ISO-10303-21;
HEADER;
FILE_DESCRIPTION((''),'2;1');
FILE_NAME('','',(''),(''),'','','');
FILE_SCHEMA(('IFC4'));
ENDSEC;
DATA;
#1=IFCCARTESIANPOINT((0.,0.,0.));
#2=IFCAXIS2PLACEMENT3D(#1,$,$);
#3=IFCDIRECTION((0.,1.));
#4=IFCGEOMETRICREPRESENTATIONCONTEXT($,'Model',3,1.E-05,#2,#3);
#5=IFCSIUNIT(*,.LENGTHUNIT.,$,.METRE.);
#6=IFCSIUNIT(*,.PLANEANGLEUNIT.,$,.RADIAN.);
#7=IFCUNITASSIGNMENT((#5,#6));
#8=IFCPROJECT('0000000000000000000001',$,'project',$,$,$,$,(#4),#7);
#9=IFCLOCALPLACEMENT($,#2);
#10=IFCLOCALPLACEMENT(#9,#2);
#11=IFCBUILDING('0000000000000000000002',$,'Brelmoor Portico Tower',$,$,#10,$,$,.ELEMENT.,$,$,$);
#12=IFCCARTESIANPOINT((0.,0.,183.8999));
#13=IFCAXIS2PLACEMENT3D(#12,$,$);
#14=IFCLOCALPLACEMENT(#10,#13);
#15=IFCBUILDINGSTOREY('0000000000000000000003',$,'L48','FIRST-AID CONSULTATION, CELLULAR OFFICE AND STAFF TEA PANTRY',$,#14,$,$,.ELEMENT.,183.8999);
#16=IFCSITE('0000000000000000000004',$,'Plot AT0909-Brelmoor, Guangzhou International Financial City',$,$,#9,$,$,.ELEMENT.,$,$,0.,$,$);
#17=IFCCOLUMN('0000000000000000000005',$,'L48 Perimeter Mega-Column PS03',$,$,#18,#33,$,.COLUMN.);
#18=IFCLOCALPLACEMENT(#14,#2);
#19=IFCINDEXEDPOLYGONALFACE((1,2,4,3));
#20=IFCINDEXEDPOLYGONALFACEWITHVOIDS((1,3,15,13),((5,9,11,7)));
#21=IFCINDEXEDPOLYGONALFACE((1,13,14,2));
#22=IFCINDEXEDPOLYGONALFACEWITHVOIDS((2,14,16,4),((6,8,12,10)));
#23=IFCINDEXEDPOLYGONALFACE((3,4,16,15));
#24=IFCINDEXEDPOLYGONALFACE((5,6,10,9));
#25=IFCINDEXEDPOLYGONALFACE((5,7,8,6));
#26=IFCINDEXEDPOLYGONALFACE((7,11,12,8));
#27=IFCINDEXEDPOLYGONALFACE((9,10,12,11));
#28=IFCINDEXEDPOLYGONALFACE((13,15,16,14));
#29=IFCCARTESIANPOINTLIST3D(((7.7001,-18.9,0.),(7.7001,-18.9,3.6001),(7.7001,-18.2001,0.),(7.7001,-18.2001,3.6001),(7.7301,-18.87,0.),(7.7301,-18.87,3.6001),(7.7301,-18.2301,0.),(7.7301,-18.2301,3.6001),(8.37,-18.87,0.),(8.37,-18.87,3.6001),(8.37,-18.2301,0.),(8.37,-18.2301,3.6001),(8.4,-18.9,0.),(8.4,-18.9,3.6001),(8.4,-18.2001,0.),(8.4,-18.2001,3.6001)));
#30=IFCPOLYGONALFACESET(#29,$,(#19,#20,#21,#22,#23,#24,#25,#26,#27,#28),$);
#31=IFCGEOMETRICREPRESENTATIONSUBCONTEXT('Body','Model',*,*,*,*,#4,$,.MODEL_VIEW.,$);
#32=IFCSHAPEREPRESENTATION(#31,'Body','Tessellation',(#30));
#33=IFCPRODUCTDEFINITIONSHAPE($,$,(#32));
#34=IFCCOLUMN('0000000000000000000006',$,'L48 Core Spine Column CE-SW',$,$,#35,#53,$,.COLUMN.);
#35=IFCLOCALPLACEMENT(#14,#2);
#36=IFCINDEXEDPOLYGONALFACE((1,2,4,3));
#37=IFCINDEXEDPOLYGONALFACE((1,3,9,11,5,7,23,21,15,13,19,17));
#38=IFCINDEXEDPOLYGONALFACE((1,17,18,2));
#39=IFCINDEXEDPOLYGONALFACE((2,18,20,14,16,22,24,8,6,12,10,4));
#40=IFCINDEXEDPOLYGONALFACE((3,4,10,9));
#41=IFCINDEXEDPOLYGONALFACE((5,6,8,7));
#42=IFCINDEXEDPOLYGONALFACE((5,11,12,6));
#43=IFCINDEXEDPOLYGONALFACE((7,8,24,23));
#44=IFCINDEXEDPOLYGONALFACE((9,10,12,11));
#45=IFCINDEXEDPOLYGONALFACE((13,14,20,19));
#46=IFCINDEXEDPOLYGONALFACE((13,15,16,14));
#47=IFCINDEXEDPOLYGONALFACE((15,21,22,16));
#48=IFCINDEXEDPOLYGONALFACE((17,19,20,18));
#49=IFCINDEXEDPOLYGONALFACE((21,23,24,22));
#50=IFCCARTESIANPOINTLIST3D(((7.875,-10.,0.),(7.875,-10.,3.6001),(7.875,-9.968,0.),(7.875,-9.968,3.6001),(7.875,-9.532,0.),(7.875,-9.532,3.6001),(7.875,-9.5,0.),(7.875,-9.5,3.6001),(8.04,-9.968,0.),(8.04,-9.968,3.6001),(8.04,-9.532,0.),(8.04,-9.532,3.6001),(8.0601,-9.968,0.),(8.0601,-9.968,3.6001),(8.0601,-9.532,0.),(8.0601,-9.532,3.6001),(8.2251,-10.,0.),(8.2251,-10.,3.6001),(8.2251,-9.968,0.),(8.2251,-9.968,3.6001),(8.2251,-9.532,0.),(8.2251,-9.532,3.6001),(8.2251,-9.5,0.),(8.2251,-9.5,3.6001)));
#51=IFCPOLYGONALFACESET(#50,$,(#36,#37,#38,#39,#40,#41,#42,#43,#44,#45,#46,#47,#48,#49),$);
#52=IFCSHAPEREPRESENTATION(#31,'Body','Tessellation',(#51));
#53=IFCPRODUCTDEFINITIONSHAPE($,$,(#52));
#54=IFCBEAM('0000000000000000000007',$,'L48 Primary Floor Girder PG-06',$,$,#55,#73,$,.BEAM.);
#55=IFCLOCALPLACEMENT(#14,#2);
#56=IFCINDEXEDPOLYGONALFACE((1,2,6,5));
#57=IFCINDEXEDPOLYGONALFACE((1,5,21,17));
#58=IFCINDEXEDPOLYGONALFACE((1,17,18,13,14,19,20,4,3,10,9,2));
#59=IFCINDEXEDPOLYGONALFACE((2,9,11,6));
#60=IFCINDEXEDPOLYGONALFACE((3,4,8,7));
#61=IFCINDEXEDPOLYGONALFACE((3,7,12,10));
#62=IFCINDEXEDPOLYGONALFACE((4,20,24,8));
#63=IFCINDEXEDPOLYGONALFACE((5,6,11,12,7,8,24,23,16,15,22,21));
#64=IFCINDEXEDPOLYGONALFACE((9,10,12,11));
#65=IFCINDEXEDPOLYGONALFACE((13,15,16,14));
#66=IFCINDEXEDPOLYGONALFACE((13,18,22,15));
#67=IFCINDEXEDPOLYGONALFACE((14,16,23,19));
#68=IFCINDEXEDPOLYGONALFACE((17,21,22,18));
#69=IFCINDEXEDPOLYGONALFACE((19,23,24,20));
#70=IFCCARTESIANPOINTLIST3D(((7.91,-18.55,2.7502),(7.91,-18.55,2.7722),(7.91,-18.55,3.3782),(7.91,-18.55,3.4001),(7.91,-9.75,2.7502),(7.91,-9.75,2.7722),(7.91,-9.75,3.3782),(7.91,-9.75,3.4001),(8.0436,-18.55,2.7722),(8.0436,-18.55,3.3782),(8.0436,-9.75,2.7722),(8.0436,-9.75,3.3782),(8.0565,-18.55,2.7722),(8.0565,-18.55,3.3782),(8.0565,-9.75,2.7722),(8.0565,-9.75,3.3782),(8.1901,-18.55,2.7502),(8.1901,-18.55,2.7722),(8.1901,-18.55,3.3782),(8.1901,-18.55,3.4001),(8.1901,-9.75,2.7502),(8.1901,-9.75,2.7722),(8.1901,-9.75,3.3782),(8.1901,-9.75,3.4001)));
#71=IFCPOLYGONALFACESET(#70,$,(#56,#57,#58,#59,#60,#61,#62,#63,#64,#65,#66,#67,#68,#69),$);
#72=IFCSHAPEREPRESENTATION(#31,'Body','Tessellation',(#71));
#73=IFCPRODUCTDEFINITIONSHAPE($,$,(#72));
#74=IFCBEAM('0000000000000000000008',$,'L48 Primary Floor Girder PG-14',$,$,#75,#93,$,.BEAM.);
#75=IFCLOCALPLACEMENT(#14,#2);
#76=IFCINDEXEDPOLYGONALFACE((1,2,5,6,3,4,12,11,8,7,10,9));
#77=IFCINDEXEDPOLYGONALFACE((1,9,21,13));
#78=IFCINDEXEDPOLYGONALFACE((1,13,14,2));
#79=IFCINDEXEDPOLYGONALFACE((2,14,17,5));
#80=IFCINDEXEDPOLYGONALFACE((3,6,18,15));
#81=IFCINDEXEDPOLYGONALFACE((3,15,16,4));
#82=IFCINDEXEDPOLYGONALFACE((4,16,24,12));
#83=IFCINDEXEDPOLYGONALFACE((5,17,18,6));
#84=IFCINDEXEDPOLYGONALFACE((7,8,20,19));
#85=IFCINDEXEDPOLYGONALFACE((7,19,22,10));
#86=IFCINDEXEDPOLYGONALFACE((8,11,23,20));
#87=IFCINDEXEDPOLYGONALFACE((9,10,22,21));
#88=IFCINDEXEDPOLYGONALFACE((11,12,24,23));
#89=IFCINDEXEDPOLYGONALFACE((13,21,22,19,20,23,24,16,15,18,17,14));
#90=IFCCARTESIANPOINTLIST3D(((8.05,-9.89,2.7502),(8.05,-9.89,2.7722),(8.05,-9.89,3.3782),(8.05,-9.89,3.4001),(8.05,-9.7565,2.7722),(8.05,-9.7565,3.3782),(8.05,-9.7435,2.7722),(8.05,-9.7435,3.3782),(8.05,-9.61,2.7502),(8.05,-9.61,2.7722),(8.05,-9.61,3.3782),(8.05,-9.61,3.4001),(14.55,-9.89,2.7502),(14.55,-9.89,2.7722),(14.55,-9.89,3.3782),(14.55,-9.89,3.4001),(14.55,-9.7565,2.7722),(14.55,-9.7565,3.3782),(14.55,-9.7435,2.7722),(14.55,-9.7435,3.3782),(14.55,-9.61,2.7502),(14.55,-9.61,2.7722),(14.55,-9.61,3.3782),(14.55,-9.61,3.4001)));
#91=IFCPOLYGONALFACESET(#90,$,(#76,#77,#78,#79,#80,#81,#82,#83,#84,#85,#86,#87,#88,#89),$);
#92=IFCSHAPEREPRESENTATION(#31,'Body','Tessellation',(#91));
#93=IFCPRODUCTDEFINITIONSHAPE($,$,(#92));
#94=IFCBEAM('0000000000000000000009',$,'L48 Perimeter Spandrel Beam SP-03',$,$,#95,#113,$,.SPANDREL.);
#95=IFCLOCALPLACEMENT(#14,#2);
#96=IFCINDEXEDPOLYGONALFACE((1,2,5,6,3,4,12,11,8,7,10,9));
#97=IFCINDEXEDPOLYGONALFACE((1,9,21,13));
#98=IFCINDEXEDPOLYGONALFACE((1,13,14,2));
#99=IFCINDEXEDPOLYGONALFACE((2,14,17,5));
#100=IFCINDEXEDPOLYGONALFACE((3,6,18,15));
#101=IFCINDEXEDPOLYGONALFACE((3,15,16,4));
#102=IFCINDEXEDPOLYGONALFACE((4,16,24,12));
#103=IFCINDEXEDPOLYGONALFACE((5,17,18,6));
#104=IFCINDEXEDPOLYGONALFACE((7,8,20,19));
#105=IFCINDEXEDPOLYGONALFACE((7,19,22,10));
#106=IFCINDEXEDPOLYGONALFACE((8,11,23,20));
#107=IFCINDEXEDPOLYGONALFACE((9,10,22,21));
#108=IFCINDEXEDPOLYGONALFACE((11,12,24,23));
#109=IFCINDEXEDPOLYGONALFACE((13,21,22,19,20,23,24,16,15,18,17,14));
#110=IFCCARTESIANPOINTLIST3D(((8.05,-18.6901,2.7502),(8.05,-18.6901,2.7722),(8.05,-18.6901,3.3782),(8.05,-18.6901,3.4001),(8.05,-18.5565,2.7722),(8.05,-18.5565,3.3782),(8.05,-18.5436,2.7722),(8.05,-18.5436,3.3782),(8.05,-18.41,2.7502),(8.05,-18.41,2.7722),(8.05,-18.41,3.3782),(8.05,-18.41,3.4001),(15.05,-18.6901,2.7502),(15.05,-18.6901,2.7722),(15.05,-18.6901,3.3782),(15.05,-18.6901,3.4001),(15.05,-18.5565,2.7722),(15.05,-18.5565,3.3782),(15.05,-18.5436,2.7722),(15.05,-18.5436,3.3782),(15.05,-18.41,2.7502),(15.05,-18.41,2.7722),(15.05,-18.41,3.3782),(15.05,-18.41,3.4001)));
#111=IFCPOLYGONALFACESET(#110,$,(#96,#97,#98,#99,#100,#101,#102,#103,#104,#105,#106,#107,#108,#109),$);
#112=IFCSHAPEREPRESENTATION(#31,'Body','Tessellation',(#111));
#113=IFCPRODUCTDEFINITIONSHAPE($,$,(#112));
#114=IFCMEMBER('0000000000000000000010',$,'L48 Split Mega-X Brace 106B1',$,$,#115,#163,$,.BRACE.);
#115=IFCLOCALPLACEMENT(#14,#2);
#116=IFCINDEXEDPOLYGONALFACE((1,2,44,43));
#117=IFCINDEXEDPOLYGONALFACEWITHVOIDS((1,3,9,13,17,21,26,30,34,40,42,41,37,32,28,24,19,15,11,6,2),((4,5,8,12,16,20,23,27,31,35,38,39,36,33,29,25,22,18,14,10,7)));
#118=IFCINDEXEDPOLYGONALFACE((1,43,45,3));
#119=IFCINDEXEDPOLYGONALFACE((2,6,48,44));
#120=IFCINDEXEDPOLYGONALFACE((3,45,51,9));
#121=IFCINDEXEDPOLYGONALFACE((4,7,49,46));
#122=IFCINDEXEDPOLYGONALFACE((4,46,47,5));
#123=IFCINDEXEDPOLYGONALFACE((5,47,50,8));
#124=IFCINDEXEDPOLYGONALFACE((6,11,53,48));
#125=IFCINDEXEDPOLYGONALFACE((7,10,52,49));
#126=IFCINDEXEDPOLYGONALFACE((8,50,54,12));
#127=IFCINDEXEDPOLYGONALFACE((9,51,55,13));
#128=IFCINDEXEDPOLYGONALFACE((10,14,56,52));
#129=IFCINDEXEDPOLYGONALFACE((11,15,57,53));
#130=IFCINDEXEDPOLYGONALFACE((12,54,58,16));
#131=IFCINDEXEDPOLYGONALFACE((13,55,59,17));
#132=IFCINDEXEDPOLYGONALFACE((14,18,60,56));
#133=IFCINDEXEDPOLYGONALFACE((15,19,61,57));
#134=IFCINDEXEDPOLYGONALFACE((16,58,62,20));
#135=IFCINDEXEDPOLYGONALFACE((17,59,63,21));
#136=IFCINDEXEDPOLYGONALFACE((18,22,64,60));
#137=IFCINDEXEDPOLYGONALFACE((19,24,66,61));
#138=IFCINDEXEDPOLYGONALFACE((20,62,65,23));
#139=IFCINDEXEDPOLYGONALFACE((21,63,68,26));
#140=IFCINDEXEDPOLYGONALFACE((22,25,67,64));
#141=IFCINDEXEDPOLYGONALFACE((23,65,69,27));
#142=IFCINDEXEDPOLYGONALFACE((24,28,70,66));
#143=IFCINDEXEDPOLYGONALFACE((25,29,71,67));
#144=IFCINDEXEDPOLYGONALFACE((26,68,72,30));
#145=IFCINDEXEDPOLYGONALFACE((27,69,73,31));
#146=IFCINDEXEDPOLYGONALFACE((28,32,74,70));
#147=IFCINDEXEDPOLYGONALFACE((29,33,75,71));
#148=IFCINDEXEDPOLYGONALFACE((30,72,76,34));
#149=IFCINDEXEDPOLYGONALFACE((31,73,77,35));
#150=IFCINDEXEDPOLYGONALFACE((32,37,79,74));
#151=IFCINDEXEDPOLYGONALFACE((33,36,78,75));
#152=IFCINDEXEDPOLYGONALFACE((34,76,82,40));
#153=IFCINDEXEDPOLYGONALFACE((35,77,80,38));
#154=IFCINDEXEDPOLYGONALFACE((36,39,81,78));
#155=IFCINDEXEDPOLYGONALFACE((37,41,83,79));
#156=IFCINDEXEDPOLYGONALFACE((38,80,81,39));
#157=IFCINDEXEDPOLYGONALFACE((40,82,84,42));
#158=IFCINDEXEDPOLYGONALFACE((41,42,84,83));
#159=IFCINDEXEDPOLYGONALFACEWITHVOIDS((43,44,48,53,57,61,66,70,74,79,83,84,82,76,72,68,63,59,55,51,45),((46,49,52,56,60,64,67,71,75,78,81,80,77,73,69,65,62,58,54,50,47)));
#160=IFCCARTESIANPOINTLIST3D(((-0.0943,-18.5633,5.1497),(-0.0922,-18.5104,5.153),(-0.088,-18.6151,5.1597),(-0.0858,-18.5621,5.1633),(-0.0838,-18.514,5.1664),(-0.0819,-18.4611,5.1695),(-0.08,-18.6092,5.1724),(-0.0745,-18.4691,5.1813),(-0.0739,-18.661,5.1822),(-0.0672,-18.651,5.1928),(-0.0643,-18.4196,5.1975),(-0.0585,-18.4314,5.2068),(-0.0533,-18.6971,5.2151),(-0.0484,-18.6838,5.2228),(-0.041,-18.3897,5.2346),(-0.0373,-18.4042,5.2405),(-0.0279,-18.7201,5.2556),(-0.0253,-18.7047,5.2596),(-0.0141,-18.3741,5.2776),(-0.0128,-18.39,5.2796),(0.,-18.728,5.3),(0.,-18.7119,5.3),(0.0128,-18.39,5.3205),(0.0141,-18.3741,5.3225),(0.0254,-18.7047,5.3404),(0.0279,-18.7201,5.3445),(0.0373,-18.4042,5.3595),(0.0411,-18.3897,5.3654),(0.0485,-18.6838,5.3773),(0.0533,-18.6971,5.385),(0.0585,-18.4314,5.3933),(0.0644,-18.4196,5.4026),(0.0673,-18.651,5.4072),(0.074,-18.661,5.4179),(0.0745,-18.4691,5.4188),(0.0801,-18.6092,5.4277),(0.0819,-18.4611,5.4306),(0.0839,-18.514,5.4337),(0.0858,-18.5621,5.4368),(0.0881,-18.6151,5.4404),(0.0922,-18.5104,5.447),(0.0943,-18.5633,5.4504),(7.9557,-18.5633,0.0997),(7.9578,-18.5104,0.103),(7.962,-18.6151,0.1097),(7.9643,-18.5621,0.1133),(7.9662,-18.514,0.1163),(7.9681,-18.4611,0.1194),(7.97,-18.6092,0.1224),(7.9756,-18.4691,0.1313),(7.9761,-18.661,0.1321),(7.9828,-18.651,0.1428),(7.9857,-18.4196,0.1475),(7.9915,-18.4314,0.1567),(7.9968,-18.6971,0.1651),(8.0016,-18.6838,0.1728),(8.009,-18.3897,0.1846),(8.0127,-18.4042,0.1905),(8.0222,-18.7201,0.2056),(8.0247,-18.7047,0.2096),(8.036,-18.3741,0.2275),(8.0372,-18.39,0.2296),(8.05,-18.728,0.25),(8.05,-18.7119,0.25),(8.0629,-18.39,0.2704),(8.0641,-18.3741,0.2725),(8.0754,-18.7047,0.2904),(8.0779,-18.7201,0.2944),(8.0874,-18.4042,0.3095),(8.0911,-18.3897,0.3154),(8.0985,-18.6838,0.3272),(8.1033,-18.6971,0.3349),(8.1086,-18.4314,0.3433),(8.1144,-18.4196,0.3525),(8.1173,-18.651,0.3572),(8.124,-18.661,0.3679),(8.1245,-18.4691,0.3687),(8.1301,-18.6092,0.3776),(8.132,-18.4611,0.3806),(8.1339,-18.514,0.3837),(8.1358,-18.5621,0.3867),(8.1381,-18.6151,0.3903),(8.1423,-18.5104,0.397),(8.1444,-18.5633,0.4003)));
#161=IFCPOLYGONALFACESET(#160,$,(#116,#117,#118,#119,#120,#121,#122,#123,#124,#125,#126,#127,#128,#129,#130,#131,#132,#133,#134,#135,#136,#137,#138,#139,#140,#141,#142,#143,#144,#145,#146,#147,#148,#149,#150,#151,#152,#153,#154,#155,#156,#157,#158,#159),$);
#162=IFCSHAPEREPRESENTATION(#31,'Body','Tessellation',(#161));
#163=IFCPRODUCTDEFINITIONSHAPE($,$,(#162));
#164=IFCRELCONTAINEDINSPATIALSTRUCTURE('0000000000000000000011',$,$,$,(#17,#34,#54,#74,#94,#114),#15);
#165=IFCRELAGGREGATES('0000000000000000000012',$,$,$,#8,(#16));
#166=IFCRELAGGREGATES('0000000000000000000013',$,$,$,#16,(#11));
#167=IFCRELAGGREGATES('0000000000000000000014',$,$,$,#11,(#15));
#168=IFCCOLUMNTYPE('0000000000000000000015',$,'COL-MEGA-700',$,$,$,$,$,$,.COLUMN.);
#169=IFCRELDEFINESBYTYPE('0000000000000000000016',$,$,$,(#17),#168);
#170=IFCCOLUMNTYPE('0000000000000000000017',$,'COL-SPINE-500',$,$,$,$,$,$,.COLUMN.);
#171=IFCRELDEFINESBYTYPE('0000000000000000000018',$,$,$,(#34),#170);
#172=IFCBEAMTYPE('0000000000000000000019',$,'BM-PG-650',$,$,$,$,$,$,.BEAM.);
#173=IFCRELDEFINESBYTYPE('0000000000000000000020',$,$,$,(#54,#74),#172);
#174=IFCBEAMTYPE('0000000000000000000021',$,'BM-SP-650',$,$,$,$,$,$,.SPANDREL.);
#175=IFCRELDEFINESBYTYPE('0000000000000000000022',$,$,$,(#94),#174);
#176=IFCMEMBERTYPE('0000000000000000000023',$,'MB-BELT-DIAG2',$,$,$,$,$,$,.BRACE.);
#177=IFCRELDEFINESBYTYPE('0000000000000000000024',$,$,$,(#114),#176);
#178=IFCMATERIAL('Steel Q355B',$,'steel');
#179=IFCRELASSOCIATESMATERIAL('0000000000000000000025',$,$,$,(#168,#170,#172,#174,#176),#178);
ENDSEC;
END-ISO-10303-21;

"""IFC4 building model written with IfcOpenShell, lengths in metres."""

from ifc_helpers import new_model, si_unit, direction, frame, origin, origin_2d, place, context, subcontext, project, spatial, hollow_rectangle, hollow_circle, i_section, extrude, material, material_profile, profile_set, type_object, element, save


model = new_model("IFC4")

# Units and contexts
model_context = context("Model", 3, precision=1e-05, world=origin(), true_north=direction((0.0, 1.0)))
body_context = subcontext(model_context, "Body", "Model", "MODEL_VIEW")
ifc_project = project(units=[si_unit("LENGTHUNIT", "METRE"), si_unit("PLANEANGLEUNIT", "RADIAN")], contexts=[model_context])

# Site, building, storey
site_placement = place(None, origin())
site = spatial("IfcSite", under=ifc_project, at=site_placement, Name="Plot AT0909-Brelmoor, Guangzhou International Financial City", CompositionType="ELEMENT", RefElevation=0.0)
building_placement = place(site_placement, origin())
building = spatial("IfcBuilding", under=site, at=building_placement, Name="Brelmoor Portico Tower", CompositionType="ELEMENT")
storey_placement = place(building_placement, frame((0.0, 0.0, 183.8999)))
storey = spatial("IfcBuildingStorey", under=building, at=storey_placement, Name="L48", Description="FIRST-AID CONSULTATION, CELLULAR OFFICE AND STAFF TEA PANTRY", CompositionType="ELEMENT", Elevation=183.8999)

# Columns
ifc_material_1 = material(Name="Steel Q355B", Category="steel")
ifc_material_profile_1 = material_profile(ifc_material_1, hollow_rectangle(XDim=0.7, YDim=0.7, WallThickness=0.03, at=origin_2d()), Name="BOX 700x700x30")
ifc_profile_set_1 = profile_set([ifc_material_profile_1], Name="Steel Q355B")
column_type_1 = type_object("IfcColumnType", Name="COL-MEGA-700", PredefinedType="COLUMN", material=ifc_profile_set_1)
column_1_placement = place(storey_placement, frame((8.05, -18.55, 0.0), z_axis=(0.0, 0.0, 1.0), x_axis=(1.0, 0.0, 0.0)))
element("IfcColumn", 1, at=column_1_placement, inside=storey, type_object=column_type_1, Name="L48 Perimeter Mega-Column PS03", PredefinedType="COLUMN", context=body_context, shape_type="SweptSolid", body=[
    extrude(hollow_rectangle(XDim=0.7, YDim=0.7, WallThickness=0.03, at=origin_2d()), origin(), (0.0, 0.0, 1.0), 3.6001),
])
ifc_material_profile_2 = material_profile(ifc_material_1, i_section(OverallWidth=0.3501, OverallDepth=0.5, WebThickness=0.02, FlangeThickness=0.032, at=origin_2d()), Name="HW 500x350x20x32")
ifc_profile_set_2 = profile_set([ifc_material_profile_2], Name="Steel Q355B")
column_type_2 = type_object("IfcColumnType", Name="COL-SPINE-500", PredefinedType="COLUMN", material=ifc_profile_set_2)
column_2_placement = place(storey_placement, frame((8.05, -9.75, 0.0), z_axis=(0.0, 0.0, 1.0), x_axis=(1.0, 0.0, 0.0)))
element("IfcColumn", 2, at=column_2_placement, inside=storey, type_object=column_type_2, Name="L48 Core Spine Column CE-SW", PredefinedType="COLUMN", context=body_context, shape_type="SweptSolid", body=[
    extrude(i_section(OverallWidth=0.3501, OverallDepth=0.5, WebThickness=0.02, FlangeThickness=0.032, at=origin_2d()), origin(), (0.0, 0.0, 1.0), 3.6001),
])

# Beams
ifc_material_profile_3 = material_profile(ifc_material_1, i_section(OverallWidth=0.28, OverallDepth=0.6499, WebThickness=0.0129, FlangeThickness=0.022, at=origin_2d()), Name="HN 650x280x13x22")
ifc_profile_set_3 = profile_set([ifc_material_profile_3], Name="Steel Q355B")
beam_type_1 = type_object("IfcBeamType", Name="BM-PG-650", PredefinedType="BEAM", material=ifc_profile_set_3)
beam_1_placement = place(storey_placement, frame((8.05, -18.55, 3.0752), z_axis=(0.0, 1.0, 0.0), x_axis=(-1.0, 0.0, 0.0)))
element("IfcBeam", 3, at=beam_1_placement, inside=storey, type_object=beam_type_1, Name="L48 Primary Floor Girder PG-06", PredefinedType="BEAM", context=body_context, shape_type="SweptSolid", body=[
    extrude(i_section(OverallWidth=0.28, OverallDepth=0.6499, WebThickness=0.0129, FlangeThickness=0.022, at=origin_2d()), origin(), (0.0, 0.0, 1.0), 8.8),
])
beam_2_placement = place(storey_placement, frame((8.05, -9.75, 3.0752), z_axis=(1.0, 0.0, 0.0), x_axis=(0.0, 1.0, 0.0)))
element("IfcBeam", 4, at=beam_2_placement, inside=storey, type_object=beam_type_1, Name="L48 Primary Floor Girder PG-14", PredefinedType="BEAM", context=body_context, shape_type="SweptSolid", body=[
    extrude(i_section(OverallWidth=0.28, OverallDepth=0.6499, WebThickness=0.0129, FlangeThickness=0.022, at=origin_2d()), origin(), (0.0, 0.0, 1.0), 6.5),
])
ifc_material_profile_4 = material_profile(ifc_material_1, i_section(OverallWidth=0.28, OverallDepth=0.6499, WebThickness=0.0129, FlangeThickness=0.022, at=origin_2d()), Name="HN 650x280x13x22")
ifc_profile_set_4 = profile_set([ifc_material_profile_4], Name="Steel Q355B")
beam_type_2 = type_object("IfcBeamType", Name="BM-SP-650", PredefinedType="SPANDREL", material=ifc_profile_set_4)
beam_3_placement = place(storey_placement, frame((8.05, -18.55, 3.0752), z_axis=(1.0, 0.0, 0.0), x_axis=(0.0, 1.0, 0.0)))
element("IfcBeam", 5, at=beam_3_placement, inside=storey, type_object=beam_type_2, Name="L48 Perimeter Spandrel Beam SP-03", PredefinedType="SPANDREL", context=body_context, shape_type="SweptSolid", body=[
    extrude(i_section(OverallWidth=0.28, OverallDepth=0.6499, WebThickness=0.0129, FlangeThickness=0.022, at=origin_2d()), origin(), (0.0, 0.0, 1.0), 7.0),
])

# Member
ifc_material_profile_5 = material_profile(ifc_material_1, hollow_circle(Radius=0.178, WallThickness=0.0161, at=origin_2d()), Name="CHS 356x16")
ifc_profile_set_5 = profile_set([ifc_material_profile_5], Name="Steel Q355B")
member_type_1 = type_object("IfcMemberType", Name="MB-BELT-DIAG2", PredefinedType="BRACE", material=ifc_profile_set_5)
member_1_placement = place(storey_placement, frame((8.05, -18.55, 0.25), z_axis=(-0.847109, 0.0, 0.531418), x_axis=(0.0, -1.0, 0.0)))
element("IfcMember", 6, at=member_1_placement, inside=storey, type_object=member_type_1, Name="L48 Split Mega-X Brace 106B1", PredefinedType="BRACE", context=body_context, shape_type="SweptSolid", body=[
    extrude(hollow_circle(Radius=0.178, WallThickness=0.0161, at=origin_2d()), origin(), (0.0, 0.0, 1.0), 9.5029),
])

save(model, "model.ifc")
